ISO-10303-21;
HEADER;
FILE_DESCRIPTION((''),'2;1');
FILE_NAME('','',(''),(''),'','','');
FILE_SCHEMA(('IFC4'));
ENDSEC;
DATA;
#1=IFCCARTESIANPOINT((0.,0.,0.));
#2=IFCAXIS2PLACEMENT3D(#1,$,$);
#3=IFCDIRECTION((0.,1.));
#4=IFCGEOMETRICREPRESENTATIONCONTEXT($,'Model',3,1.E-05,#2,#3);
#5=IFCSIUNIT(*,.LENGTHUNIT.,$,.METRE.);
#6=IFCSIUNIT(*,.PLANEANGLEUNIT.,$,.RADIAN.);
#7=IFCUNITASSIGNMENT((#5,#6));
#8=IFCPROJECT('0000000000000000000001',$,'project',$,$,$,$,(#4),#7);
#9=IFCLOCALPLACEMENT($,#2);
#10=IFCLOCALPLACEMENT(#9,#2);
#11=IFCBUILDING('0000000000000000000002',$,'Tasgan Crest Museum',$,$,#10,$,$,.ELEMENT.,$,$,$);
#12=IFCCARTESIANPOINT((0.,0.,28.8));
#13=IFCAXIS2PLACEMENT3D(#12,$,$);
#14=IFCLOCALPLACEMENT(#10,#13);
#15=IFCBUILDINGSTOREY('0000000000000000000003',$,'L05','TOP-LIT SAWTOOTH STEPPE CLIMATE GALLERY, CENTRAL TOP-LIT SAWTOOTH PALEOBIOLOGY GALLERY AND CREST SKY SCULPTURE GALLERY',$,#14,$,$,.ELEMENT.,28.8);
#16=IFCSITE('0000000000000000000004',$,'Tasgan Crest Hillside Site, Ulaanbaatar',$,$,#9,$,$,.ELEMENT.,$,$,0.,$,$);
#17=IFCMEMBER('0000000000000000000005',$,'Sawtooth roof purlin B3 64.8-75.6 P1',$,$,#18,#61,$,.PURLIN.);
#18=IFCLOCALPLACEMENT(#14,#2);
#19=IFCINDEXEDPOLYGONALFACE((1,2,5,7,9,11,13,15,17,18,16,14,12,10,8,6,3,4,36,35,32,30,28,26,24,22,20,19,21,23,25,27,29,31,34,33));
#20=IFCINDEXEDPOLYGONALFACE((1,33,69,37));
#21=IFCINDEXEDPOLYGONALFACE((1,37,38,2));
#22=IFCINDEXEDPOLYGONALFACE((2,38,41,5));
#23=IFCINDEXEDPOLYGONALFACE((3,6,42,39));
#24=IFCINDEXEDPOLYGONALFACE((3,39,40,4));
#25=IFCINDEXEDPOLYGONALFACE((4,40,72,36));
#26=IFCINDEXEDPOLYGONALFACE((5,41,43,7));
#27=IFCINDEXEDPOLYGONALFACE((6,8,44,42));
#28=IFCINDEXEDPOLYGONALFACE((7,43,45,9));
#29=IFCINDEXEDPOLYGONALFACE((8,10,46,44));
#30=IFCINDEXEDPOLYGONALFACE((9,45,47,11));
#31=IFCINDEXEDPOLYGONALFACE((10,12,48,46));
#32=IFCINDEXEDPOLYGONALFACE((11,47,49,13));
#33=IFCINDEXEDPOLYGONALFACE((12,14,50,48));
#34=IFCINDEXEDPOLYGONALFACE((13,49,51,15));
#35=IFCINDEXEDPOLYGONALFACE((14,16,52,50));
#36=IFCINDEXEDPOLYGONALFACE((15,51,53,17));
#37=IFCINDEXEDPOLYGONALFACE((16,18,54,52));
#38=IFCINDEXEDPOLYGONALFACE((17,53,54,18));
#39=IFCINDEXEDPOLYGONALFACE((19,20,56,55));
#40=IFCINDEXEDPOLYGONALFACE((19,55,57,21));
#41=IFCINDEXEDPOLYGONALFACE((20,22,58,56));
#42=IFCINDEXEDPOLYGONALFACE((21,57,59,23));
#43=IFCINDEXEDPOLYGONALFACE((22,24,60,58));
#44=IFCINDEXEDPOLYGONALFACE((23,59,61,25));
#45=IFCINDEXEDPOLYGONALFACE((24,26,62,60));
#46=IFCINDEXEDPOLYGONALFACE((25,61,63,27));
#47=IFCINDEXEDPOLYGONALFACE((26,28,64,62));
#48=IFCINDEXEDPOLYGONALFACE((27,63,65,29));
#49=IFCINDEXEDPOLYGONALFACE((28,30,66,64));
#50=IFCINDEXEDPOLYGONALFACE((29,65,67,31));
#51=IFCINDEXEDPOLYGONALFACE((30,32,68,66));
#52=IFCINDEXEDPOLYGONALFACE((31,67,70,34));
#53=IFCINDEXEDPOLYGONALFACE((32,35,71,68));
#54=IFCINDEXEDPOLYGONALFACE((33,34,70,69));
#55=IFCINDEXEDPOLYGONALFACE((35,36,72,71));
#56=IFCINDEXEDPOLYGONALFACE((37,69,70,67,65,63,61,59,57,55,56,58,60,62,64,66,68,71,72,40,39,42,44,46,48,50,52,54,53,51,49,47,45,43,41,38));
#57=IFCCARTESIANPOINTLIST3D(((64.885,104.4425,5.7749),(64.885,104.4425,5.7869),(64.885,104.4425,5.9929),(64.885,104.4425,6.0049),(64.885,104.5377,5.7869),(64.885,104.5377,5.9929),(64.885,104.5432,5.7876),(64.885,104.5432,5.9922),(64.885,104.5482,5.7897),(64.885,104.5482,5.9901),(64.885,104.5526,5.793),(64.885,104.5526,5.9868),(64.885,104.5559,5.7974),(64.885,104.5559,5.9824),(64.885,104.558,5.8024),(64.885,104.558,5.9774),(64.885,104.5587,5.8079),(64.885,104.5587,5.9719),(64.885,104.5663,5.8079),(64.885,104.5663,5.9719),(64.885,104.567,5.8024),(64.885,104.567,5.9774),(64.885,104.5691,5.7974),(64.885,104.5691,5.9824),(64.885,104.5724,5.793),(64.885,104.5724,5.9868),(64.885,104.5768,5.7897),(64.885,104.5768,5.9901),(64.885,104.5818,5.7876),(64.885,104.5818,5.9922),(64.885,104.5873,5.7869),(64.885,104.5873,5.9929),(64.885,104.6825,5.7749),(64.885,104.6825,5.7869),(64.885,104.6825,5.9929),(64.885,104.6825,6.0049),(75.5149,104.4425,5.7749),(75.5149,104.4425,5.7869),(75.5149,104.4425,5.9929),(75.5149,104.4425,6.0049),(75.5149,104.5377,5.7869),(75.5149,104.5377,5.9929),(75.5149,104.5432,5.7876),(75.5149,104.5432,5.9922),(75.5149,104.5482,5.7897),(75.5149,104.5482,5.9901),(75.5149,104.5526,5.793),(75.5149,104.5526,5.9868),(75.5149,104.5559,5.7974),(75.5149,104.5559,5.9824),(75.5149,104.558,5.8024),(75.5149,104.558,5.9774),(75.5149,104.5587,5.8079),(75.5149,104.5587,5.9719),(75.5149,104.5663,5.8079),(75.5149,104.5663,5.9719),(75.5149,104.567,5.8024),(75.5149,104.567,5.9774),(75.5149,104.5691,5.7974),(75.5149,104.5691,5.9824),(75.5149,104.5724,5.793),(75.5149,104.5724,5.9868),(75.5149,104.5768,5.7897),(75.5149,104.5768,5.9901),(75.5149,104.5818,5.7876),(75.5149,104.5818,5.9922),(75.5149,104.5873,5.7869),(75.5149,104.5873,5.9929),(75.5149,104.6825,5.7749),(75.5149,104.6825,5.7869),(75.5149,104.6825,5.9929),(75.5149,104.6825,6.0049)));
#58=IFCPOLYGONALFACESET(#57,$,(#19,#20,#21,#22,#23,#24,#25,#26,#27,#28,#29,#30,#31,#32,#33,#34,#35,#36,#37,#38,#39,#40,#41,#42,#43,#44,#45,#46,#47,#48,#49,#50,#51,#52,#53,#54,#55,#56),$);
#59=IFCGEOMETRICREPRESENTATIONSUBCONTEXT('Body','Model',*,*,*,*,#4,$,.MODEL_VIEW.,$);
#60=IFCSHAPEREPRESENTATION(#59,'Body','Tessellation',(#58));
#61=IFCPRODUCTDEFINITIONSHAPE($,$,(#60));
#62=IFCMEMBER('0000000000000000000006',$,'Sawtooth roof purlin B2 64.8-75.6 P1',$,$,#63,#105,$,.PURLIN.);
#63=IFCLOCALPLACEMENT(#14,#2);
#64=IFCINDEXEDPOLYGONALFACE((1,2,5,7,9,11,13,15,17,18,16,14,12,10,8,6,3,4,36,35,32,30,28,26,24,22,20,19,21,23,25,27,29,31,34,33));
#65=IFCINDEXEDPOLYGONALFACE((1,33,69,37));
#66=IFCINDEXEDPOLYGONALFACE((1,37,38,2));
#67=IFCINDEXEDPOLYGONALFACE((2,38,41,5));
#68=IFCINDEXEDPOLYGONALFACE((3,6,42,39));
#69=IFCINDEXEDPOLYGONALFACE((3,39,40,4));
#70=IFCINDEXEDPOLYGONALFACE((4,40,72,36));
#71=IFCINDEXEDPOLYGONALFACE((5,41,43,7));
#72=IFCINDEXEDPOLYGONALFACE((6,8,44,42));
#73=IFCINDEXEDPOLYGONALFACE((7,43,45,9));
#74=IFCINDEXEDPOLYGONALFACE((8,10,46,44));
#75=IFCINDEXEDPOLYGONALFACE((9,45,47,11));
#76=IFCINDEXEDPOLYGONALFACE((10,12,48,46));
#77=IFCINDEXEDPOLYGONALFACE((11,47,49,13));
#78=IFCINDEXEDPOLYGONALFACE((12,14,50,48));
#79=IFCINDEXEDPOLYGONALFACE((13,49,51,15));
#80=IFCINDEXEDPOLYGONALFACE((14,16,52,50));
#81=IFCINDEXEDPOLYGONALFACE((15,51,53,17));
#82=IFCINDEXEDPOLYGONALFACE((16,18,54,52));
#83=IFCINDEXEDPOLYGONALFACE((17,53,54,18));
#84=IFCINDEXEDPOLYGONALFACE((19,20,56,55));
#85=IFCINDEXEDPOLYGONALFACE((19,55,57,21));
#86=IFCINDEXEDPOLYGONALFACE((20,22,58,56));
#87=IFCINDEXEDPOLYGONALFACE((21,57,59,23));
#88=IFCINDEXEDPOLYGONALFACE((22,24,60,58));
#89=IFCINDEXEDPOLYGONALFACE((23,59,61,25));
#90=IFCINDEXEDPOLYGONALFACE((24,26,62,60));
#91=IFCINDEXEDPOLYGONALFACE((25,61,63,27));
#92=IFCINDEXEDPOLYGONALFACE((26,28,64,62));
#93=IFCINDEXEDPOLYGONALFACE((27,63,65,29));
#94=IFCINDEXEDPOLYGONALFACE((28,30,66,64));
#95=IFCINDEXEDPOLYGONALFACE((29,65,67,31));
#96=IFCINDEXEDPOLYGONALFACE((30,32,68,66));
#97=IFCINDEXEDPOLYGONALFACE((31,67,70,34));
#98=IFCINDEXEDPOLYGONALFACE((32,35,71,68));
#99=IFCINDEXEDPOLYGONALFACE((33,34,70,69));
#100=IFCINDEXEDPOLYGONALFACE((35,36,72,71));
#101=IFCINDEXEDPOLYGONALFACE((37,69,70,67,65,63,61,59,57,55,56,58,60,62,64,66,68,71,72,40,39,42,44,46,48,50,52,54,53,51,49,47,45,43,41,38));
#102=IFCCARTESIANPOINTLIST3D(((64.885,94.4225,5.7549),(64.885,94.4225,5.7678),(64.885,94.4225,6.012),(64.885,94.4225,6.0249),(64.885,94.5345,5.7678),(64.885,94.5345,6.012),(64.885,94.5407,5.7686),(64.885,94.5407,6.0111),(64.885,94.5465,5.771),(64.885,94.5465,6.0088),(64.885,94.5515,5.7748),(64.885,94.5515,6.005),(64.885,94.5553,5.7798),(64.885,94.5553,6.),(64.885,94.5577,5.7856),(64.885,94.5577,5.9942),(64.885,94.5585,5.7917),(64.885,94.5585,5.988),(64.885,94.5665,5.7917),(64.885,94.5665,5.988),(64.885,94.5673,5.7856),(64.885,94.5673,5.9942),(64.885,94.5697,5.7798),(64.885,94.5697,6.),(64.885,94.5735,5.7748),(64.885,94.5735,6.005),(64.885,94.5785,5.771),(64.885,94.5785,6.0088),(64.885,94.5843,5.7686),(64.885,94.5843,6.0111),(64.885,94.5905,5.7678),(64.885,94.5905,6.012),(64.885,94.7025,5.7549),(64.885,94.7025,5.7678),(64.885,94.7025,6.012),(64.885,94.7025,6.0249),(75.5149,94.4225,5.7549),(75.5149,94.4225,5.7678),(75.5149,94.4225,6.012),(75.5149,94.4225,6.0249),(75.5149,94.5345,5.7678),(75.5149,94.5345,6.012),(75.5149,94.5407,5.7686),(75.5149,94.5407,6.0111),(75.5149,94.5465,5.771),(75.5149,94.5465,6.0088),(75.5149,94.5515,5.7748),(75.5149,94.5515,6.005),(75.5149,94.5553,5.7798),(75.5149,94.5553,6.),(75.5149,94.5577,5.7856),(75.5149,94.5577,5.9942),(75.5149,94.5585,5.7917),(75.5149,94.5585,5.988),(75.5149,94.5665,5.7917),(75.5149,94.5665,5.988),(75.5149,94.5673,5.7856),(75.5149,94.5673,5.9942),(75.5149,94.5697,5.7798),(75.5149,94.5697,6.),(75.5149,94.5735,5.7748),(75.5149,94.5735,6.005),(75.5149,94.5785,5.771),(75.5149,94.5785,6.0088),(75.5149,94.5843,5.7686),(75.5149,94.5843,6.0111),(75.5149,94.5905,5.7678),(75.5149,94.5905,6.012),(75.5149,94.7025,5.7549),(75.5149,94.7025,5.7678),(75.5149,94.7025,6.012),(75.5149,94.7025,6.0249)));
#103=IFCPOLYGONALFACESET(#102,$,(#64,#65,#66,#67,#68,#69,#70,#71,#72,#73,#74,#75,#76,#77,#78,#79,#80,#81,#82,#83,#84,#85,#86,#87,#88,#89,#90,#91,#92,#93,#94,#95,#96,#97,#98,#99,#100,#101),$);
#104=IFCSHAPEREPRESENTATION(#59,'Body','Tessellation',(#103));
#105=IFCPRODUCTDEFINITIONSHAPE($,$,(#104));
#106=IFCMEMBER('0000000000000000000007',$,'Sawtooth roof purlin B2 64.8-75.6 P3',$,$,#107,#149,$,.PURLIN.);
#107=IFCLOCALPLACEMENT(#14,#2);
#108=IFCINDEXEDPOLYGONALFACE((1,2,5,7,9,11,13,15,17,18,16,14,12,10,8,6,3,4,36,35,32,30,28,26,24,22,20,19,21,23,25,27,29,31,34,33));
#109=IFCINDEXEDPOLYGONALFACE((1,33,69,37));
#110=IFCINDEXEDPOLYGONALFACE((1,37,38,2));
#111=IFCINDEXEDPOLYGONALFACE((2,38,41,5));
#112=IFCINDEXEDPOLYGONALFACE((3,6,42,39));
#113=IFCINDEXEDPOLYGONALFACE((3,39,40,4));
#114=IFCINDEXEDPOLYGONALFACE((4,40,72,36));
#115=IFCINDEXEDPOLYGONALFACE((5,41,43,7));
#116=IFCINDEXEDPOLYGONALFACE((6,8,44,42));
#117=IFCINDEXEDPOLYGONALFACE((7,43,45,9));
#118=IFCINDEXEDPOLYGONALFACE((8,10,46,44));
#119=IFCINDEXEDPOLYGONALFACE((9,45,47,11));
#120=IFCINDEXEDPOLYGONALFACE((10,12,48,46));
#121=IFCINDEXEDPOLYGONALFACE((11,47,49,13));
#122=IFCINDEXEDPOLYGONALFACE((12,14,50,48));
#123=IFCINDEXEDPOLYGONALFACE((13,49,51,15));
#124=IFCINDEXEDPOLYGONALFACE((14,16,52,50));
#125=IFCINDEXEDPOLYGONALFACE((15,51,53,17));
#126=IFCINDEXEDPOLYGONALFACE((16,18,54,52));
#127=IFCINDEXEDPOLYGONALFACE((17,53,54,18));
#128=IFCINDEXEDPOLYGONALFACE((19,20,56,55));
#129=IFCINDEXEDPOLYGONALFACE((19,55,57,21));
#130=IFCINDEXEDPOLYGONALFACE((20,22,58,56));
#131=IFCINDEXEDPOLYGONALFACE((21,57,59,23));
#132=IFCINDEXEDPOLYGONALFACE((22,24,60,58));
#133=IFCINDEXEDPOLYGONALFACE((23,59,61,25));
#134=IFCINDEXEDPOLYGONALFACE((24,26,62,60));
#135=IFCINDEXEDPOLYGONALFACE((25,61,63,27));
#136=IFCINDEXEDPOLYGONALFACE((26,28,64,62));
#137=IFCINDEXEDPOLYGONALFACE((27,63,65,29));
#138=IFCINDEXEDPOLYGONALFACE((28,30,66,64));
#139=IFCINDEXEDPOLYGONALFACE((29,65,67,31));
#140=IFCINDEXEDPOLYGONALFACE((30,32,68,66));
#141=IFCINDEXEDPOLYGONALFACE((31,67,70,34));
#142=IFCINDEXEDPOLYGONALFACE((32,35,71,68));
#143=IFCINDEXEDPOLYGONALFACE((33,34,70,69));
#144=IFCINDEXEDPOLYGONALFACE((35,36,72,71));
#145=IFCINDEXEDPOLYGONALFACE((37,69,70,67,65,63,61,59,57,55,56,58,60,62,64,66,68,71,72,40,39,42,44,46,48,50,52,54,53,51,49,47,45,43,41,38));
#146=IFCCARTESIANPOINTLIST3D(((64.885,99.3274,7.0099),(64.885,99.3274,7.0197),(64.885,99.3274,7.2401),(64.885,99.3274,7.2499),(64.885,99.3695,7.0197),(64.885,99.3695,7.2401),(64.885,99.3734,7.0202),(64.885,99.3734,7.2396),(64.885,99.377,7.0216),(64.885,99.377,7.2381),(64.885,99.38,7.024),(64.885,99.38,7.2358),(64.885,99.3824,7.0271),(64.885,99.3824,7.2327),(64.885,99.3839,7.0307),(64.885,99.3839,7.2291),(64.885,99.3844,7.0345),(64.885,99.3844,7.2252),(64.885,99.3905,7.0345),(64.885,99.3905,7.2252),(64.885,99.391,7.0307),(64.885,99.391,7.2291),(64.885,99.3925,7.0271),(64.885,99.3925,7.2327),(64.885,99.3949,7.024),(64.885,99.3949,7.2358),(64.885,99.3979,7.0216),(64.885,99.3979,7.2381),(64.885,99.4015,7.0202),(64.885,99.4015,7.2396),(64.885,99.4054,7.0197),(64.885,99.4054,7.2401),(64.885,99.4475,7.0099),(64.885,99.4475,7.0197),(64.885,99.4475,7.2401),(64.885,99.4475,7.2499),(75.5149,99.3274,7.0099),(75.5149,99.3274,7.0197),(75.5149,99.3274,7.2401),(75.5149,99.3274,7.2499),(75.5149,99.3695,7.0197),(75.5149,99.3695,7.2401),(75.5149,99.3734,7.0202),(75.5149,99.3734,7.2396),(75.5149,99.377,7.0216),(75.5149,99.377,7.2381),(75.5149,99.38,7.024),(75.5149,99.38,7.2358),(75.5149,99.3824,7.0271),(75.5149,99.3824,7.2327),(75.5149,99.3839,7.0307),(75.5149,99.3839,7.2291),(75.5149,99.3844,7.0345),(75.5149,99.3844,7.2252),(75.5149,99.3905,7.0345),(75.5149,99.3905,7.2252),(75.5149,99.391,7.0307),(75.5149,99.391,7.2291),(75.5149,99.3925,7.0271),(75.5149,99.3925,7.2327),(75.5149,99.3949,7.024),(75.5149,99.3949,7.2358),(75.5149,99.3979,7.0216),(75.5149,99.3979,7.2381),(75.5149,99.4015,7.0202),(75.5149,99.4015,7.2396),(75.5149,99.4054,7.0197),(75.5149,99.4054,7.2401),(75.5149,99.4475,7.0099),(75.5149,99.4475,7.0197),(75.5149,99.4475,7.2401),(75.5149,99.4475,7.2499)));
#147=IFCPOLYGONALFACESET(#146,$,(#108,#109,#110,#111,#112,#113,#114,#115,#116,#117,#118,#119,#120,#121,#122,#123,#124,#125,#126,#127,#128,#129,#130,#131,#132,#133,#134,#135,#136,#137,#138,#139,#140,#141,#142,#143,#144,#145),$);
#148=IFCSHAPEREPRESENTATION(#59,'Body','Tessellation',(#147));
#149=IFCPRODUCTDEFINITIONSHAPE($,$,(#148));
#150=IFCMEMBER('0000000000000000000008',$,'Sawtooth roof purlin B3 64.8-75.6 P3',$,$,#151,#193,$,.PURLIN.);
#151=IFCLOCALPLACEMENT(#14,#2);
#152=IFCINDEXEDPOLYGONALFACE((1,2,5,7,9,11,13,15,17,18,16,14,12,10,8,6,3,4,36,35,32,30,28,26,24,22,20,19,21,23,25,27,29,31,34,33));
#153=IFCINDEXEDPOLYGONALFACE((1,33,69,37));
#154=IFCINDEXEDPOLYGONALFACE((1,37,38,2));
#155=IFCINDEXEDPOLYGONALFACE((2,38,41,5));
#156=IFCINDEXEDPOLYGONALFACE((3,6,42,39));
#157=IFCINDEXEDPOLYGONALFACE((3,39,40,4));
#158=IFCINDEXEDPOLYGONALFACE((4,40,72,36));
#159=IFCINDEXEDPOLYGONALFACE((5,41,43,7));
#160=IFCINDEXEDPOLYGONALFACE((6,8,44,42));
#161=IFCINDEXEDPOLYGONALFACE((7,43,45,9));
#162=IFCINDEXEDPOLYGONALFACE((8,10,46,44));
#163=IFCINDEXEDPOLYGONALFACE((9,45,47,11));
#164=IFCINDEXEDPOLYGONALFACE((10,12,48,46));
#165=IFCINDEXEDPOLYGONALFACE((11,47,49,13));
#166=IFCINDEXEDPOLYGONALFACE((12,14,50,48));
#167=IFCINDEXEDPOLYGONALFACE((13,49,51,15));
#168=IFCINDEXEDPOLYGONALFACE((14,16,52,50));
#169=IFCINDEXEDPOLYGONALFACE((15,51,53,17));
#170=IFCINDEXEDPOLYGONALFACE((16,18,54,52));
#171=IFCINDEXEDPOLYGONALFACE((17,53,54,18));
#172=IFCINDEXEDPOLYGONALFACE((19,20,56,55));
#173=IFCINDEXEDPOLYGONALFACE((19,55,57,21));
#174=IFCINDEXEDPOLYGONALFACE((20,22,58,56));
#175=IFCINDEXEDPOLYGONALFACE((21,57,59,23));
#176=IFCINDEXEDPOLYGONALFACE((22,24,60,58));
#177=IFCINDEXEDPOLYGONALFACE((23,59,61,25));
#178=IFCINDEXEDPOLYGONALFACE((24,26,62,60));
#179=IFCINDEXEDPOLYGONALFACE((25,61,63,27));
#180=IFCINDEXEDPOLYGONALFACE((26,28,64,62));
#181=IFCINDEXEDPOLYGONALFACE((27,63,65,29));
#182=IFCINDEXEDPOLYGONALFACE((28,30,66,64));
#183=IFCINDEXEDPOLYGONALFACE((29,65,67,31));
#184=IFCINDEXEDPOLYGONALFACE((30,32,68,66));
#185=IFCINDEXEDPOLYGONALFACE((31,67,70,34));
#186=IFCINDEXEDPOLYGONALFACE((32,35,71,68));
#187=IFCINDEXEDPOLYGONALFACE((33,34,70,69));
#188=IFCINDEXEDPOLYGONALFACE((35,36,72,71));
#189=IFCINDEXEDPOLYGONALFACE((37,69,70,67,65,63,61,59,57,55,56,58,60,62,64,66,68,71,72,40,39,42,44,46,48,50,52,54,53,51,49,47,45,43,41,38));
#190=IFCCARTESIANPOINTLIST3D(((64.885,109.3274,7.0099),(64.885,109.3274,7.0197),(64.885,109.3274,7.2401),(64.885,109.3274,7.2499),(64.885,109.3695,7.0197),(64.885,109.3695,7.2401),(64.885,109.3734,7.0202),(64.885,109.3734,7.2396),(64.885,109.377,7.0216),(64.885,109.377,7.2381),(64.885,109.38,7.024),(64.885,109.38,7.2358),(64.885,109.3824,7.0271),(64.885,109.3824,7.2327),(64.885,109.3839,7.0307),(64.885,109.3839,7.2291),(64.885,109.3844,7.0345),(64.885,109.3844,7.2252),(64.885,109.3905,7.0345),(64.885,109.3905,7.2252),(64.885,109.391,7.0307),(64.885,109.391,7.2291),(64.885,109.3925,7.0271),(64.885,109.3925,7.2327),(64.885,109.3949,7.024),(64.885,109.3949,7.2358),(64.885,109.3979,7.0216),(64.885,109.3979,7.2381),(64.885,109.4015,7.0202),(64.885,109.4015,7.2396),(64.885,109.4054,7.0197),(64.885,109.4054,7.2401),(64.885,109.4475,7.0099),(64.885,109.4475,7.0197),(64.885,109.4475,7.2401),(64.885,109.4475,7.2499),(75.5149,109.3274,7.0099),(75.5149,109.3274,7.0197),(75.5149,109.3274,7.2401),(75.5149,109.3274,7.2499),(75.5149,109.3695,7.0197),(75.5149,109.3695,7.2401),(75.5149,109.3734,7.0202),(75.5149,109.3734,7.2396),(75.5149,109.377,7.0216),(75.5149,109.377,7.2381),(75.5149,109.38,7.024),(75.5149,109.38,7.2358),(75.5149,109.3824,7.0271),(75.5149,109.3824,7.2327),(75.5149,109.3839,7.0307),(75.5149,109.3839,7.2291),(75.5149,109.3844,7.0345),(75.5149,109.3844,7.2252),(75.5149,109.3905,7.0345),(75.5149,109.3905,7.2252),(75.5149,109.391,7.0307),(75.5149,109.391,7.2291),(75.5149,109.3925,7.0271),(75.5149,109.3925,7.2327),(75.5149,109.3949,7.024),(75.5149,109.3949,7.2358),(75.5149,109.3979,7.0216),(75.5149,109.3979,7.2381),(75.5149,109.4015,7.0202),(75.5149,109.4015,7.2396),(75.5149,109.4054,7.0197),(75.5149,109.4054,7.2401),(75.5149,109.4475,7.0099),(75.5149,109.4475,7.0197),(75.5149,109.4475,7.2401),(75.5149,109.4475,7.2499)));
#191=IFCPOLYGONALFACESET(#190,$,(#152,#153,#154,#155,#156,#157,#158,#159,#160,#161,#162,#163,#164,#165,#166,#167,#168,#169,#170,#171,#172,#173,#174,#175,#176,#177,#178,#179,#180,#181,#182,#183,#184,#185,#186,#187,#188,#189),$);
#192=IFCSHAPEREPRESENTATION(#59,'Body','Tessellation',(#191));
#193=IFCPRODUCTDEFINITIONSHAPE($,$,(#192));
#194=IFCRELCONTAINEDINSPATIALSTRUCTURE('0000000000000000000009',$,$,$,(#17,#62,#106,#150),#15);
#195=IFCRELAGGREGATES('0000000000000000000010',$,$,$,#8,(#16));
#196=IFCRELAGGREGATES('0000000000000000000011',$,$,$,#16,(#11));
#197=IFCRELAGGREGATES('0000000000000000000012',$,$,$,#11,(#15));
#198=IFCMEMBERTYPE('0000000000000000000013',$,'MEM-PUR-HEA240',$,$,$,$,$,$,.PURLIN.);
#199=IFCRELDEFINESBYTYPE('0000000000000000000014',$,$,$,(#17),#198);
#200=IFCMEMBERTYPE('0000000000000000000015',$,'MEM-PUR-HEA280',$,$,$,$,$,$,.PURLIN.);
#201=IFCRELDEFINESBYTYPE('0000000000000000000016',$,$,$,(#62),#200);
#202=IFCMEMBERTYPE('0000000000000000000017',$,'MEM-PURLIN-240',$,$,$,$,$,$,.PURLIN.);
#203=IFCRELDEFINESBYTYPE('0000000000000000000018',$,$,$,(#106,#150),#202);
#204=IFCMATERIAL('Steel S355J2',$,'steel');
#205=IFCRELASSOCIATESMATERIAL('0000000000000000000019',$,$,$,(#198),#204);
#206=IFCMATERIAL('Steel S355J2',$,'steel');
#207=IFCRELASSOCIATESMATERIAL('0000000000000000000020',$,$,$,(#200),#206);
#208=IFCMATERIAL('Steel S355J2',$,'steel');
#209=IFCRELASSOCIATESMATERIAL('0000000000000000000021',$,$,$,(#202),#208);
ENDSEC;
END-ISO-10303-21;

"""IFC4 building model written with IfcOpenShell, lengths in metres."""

from ifc_helpers import new_model, si_unit, direction, frame, origin, origin_2d, place, context, subcontext, project, spatial, i_section, extrude, material, material_profile, profile_set, type_object, element, save


model = new_model("IFC4")

# Units and contexts
model_context = context("Model", 3, precision=1e-05, world=origin(), true_north=direction((0.0, 1.0)))
body_context = subcontext(model_context, "Body", "Model", "MODEL_VIEW")
ifc_project = project(units=[si_unit("LENGTHUNIT", "METRE"), si_unit("PLANEANGLEUNIT", "RADIAN")], contexts=[model_context])

# Site, building, storey
site_placement = place(None, origin())
site = spatial("IfcSite", under=ifc_project, at=site_placement, Name="Tasgan Crest Hillside Site, Ulaanbaatar", CompositionType="ELEMENT", RefElevation=0.0)
building_placement = place(site_placement, origin())
building = spatial("IfcBuilding", under=site, at=building_placement, Name="Tasgan Crest Museum", CompositionType="ELEMENT")
storey_placement = place(building_placement, frame((0.0, 0.0, 28.8)))
storey = spatial("IfcBuildingStorey", under=building, at=storey_placement, Name="L05", Description="TOP-LIT SAWTOOTH STEPPE CLIMATE GALLERY, CENTRAL TOP-LIT SAWTOOTH PALEOBIOLOGY GALLERY AND CREST SKY SCULPTURE GALLERY", CompositionType="ELEMENT", Elevation=28.8)

# Members
ifc_material_1 = material(Name="Steel S355J2", Category="steel")
ifc_material_profile_1 = material_profile(ifc_material_1, i_section(OverallWidth=0.24, OverallDepth=0.23, WebThickness=0.0076, FlangeThickness=0.012, FilletRadius=0.021, at=origin_2d()), Name="HEA 240")
ifc_profile_set_1 = profile_set([ifc_material_profile_1], Name="Steel S355J2")
member_type_1 = type_object("IfcMemberType", Name="MEM-PUR-HEA240", PredefinedType="PURLIN", material=ifc_profile_set_1)
member_1_placement = place(storey_placement, frame((64.885, 104.5625, 5.8899), z_axis=(1.0, 0.0, 0.0), x_axis=(0.0, 1.0, 0.0)))
element("IfcMember", 1, at=member_1_placement, inside=storey, type_object=member_type_1, Name="Sawtooth roof purlin B3 64.8-75.6 P1", PredefinedType="PURLIN", context=body_context, shape_type="SweptSolid", body=[
    extrude(i_section(OverallWidth=0.24, OverallDepth=0.23, WebThickness=0.0076, FlangeThickness=0.012, FilletRadius=0.021, at=origin_2d()), origin(), (0.0, 0.0, 1.0), 10.6299),
])
ifc_material_2 = material(Name="Steel S355J2", Category="steel")
ifc_material_profile_2 = material_profile(ifc_material_2, i_section(OverallWidth=0.28, OverallDepth=0.27, WebThickness=0.0081, FlangeThickness=0.0129, FilletRadius=0.0239, at=origin_2d()), Name="HEA 280")
ifc_profile_set_2 = profile_set([ifc_material_profile_2], Name="Steel S355J2")
member_type_2 = type_object("IfcMemberType", Name="MEM-PUR-HEA280", PredefinedType="PURLIN", material=ifc_profile_set_2)
member_2_placement = place(storey_placement, frame((64.885, 94.5625, 5.8899), z_axis=(1.0, 0.0, 0.0), x_axis=(0.0, 1.0, 0.0)))
element("IfcMember", 2, at=member_2_placement, inside=storey, type_object=member_type_2, Name="Sawtooth roof purlin B2 64.8-75.6 P1", PredefinedType="PURLIN", context=body_context, shape_type="SweptSolid", body=[
    extrude(i_section(OverallWidth=0.28, OverallDepth=0.27, WebThickness=0.0081, FlangeThickness=0.0129, FilletRadius=0.0239, at=origin_2d()), origin(), (0.0, 0.0, 1.0), 10.6299),
])
ifc_material_3 = material(Name="Steel S355J2", Category="steel")
ifc_material_profile_3 = material_profile(ifc_material_3, i_section(OverallWidth=0.1201, OverallDepth=0.24, WebThickness=0.0061, FlangeThickness=0.0098, FilletRadius=0.0149, at=origin_2d()), Name="IPE 240")
ifc_profile_set_3 = profile_set([ifc_material_profile_3], Name="Steel S355J2")
member_type_3 = type_object("IfcMemberType", Name="MEM-PURLIN-240", PredefinedType="PURLIN", material=ifc_profile_set_3)
for number, where, z_axis, x_axis, name in (
    (3, (64.885, 99.3875, 7.1299), (1.0, 0.0, 0.0), (0.0, 1.0, 0.0), "Sawtooth roof purlin B2 64.8-75.6 P3"),
    (4, (64.885, 109.3875, 7.1299), (1.0, 0.0, 0.0), (0.0, 1.0, 0.0), "Sawtooth roof purlin B3 64.8-75.6 P3"),
):
    element("IfcMember", number, at=place(storey_placement, frame(where, z_axis=z_axis, x_axis=x_axis)), inside=storey, type_object=member_type_3, Name=name, PredefinedType="PURLIN", context=body_context, shape_type="SweptSolid", body=[
        extrude(i_section(OverallWidth=0.1201, OverallDepth=0.24, WebThickness=0.0061, FlangeThickness=0.0098, FilletRadius=0.0149, at=origin_2d()), origin(), (0.0, 0.0, 1.0), 10.6299),
    ])

save(model, "model.ifc")
